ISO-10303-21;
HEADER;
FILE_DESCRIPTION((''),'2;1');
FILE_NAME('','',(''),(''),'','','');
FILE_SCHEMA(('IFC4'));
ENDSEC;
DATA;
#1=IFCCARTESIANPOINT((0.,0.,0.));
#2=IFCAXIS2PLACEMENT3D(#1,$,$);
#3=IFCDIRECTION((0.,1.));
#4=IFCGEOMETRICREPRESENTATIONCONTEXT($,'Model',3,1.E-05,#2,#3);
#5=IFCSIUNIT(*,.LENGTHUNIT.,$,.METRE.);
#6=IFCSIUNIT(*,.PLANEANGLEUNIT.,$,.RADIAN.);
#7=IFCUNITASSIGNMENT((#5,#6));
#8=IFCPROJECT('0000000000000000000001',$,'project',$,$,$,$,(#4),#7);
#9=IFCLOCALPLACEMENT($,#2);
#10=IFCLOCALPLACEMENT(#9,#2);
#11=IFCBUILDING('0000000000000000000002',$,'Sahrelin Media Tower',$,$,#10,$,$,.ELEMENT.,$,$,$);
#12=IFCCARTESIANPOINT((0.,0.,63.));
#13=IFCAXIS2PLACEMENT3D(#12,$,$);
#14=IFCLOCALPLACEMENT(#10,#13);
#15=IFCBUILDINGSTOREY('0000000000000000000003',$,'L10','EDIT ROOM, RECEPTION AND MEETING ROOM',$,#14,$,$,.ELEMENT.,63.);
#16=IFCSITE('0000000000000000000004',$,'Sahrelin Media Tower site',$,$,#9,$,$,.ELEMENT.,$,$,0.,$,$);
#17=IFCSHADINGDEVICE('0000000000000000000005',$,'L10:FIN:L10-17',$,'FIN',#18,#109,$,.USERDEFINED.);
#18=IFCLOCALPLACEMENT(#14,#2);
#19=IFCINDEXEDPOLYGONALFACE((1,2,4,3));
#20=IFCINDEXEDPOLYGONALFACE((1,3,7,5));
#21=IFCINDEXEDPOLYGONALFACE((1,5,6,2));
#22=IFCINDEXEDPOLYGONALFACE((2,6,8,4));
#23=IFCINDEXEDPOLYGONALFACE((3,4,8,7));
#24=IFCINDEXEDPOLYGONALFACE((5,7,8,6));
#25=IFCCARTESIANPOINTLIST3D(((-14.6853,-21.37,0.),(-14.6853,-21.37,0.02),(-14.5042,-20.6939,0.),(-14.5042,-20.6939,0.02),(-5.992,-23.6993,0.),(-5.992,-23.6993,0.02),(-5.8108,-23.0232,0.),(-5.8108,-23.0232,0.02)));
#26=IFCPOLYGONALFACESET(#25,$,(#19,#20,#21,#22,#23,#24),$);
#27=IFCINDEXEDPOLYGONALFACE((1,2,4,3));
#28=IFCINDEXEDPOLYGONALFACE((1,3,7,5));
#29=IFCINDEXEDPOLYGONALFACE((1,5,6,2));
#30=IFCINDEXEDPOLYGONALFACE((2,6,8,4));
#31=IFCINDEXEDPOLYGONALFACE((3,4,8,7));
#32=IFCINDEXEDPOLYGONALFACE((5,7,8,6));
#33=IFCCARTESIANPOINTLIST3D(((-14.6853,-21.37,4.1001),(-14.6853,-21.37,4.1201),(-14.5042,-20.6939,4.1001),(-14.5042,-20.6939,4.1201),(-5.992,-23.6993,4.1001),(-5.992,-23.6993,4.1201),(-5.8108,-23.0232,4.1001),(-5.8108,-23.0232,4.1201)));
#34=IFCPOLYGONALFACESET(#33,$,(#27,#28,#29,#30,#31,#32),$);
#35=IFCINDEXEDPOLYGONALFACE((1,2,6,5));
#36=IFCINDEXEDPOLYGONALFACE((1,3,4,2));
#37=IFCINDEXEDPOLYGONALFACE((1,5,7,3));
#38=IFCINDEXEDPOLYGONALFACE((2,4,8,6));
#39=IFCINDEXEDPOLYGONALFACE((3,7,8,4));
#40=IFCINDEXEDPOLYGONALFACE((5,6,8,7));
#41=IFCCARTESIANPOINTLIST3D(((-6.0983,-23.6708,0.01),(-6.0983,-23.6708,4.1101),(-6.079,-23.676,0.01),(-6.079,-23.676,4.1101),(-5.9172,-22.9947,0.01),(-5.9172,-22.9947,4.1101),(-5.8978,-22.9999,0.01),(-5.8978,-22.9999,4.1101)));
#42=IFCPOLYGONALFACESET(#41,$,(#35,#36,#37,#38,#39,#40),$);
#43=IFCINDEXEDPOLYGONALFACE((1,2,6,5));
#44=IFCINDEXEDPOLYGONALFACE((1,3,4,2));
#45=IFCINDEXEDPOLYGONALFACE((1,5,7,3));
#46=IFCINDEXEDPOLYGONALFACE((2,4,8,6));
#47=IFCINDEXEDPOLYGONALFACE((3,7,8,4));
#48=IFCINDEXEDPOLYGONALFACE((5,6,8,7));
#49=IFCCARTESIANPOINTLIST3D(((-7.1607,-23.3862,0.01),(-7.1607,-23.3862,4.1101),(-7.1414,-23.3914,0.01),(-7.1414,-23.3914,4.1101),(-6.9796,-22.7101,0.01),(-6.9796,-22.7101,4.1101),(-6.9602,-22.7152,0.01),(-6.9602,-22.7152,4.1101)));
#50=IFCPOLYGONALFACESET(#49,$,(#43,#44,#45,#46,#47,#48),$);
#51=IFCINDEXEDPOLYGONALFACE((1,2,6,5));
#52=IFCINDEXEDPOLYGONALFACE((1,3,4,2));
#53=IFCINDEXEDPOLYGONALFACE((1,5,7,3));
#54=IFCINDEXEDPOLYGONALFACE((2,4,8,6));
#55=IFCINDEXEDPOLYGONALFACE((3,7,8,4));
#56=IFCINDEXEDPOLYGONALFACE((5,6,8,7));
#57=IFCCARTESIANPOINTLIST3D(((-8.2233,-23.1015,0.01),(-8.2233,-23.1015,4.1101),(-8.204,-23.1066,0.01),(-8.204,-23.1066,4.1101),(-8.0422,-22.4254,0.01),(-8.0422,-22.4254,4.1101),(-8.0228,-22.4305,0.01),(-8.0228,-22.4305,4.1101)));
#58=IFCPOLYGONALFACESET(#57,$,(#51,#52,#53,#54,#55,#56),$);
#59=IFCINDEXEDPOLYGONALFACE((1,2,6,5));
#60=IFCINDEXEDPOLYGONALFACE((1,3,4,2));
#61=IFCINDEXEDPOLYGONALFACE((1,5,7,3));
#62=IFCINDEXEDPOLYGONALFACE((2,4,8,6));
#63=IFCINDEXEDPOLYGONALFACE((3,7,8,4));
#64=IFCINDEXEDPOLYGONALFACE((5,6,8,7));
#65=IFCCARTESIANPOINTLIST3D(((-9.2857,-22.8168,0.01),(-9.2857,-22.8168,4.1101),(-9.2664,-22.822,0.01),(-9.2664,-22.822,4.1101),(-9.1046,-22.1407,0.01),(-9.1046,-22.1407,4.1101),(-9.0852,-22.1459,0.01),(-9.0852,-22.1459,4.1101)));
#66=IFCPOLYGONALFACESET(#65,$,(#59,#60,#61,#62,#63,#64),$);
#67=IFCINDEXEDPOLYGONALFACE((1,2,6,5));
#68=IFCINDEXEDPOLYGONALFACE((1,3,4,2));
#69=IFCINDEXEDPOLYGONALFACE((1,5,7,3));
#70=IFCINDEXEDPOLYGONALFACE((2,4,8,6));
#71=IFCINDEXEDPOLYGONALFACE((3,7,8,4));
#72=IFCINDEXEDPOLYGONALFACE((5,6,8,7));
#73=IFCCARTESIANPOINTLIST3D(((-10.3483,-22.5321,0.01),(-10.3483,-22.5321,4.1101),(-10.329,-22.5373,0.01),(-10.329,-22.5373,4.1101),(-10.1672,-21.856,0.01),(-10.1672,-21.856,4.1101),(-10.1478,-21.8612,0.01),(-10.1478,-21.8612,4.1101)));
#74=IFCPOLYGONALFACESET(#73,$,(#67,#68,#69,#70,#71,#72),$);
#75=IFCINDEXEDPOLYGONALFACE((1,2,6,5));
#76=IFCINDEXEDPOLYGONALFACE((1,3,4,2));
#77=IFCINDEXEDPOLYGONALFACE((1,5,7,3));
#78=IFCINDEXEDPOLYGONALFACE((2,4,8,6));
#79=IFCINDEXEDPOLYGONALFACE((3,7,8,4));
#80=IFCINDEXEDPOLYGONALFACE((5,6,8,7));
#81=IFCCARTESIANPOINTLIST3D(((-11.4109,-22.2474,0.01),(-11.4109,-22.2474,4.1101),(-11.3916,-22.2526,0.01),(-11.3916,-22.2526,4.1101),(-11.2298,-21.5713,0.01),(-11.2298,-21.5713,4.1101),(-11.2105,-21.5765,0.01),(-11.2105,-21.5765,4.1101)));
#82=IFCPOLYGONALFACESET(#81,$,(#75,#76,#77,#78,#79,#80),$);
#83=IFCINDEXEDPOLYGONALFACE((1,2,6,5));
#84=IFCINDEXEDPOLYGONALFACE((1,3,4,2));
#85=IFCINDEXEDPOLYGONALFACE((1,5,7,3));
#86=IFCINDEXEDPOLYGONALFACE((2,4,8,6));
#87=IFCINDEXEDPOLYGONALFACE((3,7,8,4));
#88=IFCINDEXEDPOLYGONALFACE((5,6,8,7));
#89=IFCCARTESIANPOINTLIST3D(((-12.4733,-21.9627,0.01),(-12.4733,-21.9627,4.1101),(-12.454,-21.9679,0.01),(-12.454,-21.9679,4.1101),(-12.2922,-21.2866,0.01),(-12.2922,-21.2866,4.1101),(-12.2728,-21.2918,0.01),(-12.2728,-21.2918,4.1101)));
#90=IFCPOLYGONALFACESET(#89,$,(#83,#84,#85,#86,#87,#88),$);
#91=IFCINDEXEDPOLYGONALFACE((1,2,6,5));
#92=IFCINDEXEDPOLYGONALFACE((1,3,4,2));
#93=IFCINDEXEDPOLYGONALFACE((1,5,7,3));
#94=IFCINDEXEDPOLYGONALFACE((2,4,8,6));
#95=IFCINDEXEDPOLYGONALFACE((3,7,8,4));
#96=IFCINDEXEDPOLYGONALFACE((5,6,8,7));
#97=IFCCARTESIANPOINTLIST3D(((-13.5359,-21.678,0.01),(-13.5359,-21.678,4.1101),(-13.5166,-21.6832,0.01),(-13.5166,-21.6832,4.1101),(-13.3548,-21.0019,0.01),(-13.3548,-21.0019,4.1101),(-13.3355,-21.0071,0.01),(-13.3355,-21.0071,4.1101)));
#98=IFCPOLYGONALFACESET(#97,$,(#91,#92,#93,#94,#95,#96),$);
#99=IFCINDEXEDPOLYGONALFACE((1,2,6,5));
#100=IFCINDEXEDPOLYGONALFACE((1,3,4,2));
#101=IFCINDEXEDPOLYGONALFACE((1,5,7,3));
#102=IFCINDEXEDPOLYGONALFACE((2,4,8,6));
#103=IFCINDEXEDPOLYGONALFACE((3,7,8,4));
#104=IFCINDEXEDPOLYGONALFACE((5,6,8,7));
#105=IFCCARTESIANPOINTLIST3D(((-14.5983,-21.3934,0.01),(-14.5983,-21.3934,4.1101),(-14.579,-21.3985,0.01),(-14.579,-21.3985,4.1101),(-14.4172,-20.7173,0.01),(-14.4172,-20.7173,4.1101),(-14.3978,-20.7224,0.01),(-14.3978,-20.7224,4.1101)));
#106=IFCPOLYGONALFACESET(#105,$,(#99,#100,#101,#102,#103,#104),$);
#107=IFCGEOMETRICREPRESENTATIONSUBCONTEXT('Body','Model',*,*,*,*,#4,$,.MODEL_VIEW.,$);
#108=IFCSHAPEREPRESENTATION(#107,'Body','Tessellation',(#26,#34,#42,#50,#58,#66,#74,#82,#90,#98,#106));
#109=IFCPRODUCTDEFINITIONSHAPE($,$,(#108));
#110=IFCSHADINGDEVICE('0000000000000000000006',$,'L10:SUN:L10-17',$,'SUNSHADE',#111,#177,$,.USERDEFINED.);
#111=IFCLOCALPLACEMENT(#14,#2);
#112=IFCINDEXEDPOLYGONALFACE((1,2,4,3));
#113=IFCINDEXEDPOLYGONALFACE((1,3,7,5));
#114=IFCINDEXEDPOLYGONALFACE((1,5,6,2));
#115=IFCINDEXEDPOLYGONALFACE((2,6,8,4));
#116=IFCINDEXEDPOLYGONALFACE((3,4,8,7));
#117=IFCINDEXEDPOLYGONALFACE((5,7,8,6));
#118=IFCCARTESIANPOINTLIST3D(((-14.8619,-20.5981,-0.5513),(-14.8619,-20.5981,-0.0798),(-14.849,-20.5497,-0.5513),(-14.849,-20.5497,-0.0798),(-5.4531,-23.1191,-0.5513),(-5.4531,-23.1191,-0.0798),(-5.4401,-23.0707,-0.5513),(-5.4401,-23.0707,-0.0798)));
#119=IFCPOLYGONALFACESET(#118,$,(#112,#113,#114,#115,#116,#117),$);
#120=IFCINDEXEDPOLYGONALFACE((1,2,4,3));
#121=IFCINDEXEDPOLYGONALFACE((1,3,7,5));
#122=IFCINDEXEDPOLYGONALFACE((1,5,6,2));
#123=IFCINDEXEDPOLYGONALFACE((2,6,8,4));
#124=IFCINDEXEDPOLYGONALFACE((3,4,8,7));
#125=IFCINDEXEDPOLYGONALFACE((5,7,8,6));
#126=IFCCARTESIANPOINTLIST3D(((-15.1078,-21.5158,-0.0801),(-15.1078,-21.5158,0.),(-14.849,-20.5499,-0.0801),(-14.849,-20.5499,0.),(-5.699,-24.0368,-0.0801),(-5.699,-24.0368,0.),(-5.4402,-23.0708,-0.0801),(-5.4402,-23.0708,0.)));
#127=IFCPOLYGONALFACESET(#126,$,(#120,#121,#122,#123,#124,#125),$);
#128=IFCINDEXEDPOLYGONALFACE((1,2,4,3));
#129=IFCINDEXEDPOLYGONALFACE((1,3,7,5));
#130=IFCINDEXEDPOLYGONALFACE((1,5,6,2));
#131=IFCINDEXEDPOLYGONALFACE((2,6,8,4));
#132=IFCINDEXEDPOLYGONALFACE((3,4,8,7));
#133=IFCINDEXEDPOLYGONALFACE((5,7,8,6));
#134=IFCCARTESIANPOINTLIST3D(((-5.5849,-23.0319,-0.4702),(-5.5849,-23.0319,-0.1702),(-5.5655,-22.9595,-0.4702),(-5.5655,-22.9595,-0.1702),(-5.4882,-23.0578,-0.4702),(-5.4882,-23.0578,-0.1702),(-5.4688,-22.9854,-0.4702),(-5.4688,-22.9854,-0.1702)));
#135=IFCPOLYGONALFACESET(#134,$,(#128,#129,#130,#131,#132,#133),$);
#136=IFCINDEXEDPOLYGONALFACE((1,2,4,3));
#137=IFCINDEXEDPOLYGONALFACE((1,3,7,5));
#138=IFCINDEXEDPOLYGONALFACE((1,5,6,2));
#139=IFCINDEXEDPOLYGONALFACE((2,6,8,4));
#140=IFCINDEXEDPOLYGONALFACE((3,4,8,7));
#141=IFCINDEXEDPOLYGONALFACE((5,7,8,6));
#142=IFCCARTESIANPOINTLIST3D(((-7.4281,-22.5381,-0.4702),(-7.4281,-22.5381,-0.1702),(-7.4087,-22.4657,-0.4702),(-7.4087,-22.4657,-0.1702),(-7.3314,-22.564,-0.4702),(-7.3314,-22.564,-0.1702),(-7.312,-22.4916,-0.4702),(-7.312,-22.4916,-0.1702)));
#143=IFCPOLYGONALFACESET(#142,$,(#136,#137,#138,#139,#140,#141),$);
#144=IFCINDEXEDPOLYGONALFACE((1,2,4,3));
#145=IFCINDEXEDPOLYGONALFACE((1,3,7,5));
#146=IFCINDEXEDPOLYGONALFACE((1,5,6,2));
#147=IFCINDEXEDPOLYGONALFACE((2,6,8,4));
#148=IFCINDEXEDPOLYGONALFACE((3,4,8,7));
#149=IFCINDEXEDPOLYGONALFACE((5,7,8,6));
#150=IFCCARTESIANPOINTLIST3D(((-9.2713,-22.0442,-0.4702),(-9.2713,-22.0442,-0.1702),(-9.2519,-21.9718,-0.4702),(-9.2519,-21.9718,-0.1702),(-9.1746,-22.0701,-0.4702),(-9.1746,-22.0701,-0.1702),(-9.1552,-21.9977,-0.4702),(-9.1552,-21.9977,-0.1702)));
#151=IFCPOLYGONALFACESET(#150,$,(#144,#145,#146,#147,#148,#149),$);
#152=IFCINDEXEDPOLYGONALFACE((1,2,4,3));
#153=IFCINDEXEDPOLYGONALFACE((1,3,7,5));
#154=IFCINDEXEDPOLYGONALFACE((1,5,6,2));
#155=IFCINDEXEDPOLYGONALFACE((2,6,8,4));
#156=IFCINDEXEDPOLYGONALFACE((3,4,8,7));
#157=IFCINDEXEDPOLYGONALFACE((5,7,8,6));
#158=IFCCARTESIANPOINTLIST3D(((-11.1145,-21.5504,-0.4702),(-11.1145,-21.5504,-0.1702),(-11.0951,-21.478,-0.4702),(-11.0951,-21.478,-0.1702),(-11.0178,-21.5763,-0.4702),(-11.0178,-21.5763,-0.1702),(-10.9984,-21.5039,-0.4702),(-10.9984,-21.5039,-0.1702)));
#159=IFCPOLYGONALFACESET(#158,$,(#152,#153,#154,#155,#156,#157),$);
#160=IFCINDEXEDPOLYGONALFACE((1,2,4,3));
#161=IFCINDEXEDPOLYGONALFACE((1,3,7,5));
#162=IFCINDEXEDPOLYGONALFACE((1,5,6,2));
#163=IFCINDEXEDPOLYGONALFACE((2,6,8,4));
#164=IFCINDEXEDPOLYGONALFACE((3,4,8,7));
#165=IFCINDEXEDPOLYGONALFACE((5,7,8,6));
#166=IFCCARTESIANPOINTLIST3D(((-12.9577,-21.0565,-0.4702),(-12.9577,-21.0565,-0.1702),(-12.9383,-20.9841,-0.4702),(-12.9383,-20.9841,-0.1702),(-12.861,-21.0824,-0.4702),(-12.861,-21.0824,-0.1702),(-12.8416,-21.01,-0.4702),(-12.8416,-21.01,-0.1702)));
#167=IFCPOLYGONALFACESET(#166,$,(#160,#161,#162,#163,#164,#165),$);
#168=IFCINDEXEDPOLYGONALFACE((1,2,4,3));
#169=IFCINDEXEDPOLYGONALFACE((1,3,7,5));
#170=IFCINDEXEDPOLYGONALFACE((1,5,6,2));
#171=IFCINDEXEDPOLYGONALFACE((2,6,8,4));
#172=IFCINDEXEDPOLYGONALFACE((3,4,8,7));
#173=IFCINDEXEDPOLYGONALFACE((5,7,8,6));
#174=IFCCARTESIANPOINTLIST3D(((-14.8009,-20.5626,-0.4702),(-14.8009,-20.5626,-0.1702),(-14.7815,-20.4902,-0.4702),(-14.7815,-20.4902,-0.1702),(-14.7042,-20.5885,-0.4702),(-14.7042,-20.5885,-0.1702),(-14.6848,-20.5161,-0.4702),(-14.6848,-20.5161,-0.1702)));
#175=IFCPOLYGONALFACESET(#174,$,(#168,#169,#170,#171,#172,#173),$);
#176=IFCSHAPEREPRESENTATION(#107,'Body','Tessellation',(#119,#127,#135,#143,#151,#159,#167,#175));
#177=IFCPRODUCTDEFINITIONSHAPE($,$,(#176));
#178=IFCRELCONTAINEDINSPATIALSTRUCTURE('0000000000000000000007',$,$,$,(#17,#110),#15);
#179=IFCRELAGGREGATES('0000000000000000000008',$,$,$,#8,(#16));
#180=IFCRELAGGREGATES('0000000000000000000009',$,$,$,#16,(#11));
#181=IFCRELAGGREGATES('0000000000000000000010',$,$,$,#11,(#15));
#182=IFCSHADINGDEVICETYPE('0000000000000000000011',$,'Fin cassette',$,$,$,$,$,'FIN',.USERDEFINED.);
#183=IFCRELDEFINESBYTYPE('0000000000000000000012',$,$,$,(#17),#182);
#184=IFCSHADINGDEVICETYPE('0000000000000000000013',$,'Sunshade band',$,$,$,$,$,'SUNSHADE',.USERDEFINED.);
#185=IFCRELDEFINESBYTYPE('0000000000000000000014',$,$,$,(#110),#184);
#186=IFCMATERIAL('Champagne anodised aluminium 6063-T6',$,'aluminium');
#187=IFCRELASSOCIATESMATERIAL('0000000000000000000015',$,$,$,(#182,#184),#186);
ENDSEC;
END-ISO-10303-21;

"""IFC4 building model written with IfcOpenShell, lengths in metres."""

from ifc_helpers import new_model, si_unit, direction, frame, origin, origin_2d, place, context, subcontext, project, spatial, rectangle, extrude, material, type_object, element, save


model = new_model("IFC4")

# Units and contexts
model_context = context("Model", 3, precision=1e-05, world=origin(), true_north=direction((0.0, 1.0)))
body_context = subcontext(model_context, "Body", "Model", "MODEL_VIEW")
ifc_project = project(units=[si_unit("LENGTHUNIT", "METRE"), si_unit("PLANEANGLEUNIT", "RADIAN")], contexts=[model_context])

# Site, building, storey
site_placement = place(None, origin())
site = spatial("IfcSite", under=ifc_project, at=site_placement, Name="Sahrelin Media Tower site", CompositionType="ELEMENT", RefElevation=0.0)
building_placement = place(site_placement, origin())
building = spatial("IfcBuilding", under=site, at=building_placement, Name="Sahrelin Media Tower", CompositionType="ELEMENT")
storey_placement = place(building_placement, frame((0.0, 0.0, 63.0)))
storey = spatial("IfcBuildingStorey", under=building, at=storey_placement, Name="L10", Description="EDIT ROOM, RECEPTION AND MEETING ROOM", CompositionType="ELEMENT", Elevation=63.0)

# Shared definitions
ifc_material_1 = material(Name="Champagne anodised aluminium 6063-T6", Category="aluminium")

# Shading devices
shading_device_type_1 = type_object("IfcShadingDeviceType", Name="Fin cassette", ElementType="FIN", PredefinedType="USERDEFINED", material=ifc_material_1)
placement = place(storey_placement, frame((-10.1394, -21.791, 0.0), z_axis=(0.0, 0.0, 1.0), x_axis=(-0.965929, 0.258808, 0.0)))
element("IfcShadingDevice", 1, at=placement, inside=storey, type_object=shading_device_type_1, Name="L10:FIN:L10-17", ObjectType="FIN", PredefinedType="USERDEFINED", context=body_context, shape_type="SweptSolid", body=[
    extrude(rectangle(XDim=9.0, YDim=0.7, at=origin_2d()), frame((0.0, 0.4199, 0.0)), (0.0, 0.0, 1.0), 0.02),
    extrude(rectangle(XDim=9.0, YDim=0.7, at=origin_2d()), frame((0.0, 0.4199, 4.1001)), (0.0, 0.0, 1.0), 0.02),
    extrude(rectangle(XDim=0.02, YDim=0.7, at=origin_2d()), frame((-4.3999, 0.4199, 0.01), z_axis=(0.0, 0.0, 1.0), x_axis=(1.0, 0.0, 0.0)), (0.0, 0.0, 1.0), 4.1001),
    extrude(rectangle(XDim=0.02, YDim=0.7, at=origin_2d()), frame((-3.3, 0.4199, 0.01), z_axis=(0.0, 0.0, 1.0), x_axis=(1.0, 0.0, 0.0)), (0.0, 0.0, 1.0), 4.1001),
    extrude(rectangle(XDim=0.02, YDim=0.7, at=origin_2d()), frame((-2.2, 0.4199, 0.01), z_axis=(0.0, 0.0, 1.0), x_axis=(1.0, 0.0, 0.0)), (0.0, 0.0, 1.0), 4.1001),
    extrude(rectangle(XDim=0.02, YDim=0.7, at=origin_2d()), frame((-1.1001, 0.4199, 0.01), z_axis=(0.0, 0.0, 1.0), x_axis=(1.0, 0.0, 0.0)), (0.0, 0.0, 1.0), 4.1001),
    extrude(rectangle(XDim=0.02, YDim=0.7, at=origin_2d()), frame((0.0, 0.4199, 0.01), z_axis=(0.0, 0.0, 1.0), x_axis=(1.0, 0.0, 0.0)), (0.0, 0.0, 1.0), 4.1001),
    extrude(rectangle(XDim=0.02, YDim=0.7, at=origin_2d()), frame((1.1001, 0.4199, 0.01), z_axis=(0.0, 0.0, 1.0), x_axis=(1.0, 0.0, 0.0)), (0.0, 0.0, 1.0), 4.1001),
    extrude(rectangle(XDim=0.02, YDim=0.7, at=origin_2d()), frame((2.2, 0.4199, 0.01), z_axis=(0.0, 0.0, 1.0), x_axis=(1.0, 0.0, 0.0)), (0.0, 0.0, 1.0), 4.1001),
    extrude(rectangle(XDim=0.02, YDim=0.7, at=origin_2d()), frame((3.3, 0.4199, 0.01), z_axis=(0.0, 0.0, 1.0), x_axis=(1.0, 0.0, 0.0)), (0.0, 0.0, 1.0), 4.1001),
    extrude(rectangle(XDim=0.02, YDim=0.7, at=origin_2d()), frame((4.3999, 0.4199, 0.01), z_axis=(0.0, 0.0, 1.0), x_axis=(1.0, 0.0, 0.0)), (0.0, 0.0, 1.0), 4.1001),
])
shading_device_type_2 = type_object("IfcShadingDeviceType", Name="Sunshade band", ElementType="SUNSHADE", PredefinedType="USERDEFINED", material=ifc_material_1)
element("IfcShadingDevice", 2, at=placement, inside=storey, type_object=shading_device_type_2, Name="L10:SUN:L10-17", ObjectType="SUNSHADE", PredefinedType="USERDEFINED", context=body_context, shape_type="SweptSolid", body=[
    extrude(rectangle(XDim=9.7407, YDim=0.05, at=origin_2d()), frame((0.0, 0.0449, -0.5513)), (0.0, 0.0, 1.0), 0.4714),
    extrude(rectangle(XDim=9.7407, YDim=1.0, at=origin_2d()), frame((0.0, 0.52, -0.0801)), (0.0, 0.0, 1.0), 0.0801),
    extrude(rectangle(XDim=0.1001, YDim=0.075, at=origin_2d()), frame((-4.7705, -0.0176, -0.4702)), (0.0, 0.0, 1.0), 0.3),
    extrude(rectangle(XDim=0.1001, YDim=0.075, at=origin_2d()), frame((-2.8623, -0.0176, -0.4702)), (0.0, 0.0, 1.0), 0.3),
    extrude(rectangle(XDim=0.1001, YDim=0.075, at=origin_2d()), frame((-0.9541, -0.0176, -0.4702)), (0.0, 0.0, 1.0), 0.3),
    extrude(rectangle(XDim=0.1001, YDim=0.075, at=origin_2d()), frame((0.9541, -0.0176, -0.4702)), (0.0, 0.0, 1.0), 0.3),
    extrude(rectangle(XDim=0.1001, YDim=0.075, at=origin_2d()), frame((2.8623, -0.0176, -0.4702)), (0.0, 0.0, 1.0), 0.3),
    extrude(rectangle(XDim=0.1001, YDim=0.075, at=origin_2d()), frame((4.7705, -0.0176, -0.4702)), (0.0, 0.0, 1.0), 0.3),
])

save(model, "model.ifc")
